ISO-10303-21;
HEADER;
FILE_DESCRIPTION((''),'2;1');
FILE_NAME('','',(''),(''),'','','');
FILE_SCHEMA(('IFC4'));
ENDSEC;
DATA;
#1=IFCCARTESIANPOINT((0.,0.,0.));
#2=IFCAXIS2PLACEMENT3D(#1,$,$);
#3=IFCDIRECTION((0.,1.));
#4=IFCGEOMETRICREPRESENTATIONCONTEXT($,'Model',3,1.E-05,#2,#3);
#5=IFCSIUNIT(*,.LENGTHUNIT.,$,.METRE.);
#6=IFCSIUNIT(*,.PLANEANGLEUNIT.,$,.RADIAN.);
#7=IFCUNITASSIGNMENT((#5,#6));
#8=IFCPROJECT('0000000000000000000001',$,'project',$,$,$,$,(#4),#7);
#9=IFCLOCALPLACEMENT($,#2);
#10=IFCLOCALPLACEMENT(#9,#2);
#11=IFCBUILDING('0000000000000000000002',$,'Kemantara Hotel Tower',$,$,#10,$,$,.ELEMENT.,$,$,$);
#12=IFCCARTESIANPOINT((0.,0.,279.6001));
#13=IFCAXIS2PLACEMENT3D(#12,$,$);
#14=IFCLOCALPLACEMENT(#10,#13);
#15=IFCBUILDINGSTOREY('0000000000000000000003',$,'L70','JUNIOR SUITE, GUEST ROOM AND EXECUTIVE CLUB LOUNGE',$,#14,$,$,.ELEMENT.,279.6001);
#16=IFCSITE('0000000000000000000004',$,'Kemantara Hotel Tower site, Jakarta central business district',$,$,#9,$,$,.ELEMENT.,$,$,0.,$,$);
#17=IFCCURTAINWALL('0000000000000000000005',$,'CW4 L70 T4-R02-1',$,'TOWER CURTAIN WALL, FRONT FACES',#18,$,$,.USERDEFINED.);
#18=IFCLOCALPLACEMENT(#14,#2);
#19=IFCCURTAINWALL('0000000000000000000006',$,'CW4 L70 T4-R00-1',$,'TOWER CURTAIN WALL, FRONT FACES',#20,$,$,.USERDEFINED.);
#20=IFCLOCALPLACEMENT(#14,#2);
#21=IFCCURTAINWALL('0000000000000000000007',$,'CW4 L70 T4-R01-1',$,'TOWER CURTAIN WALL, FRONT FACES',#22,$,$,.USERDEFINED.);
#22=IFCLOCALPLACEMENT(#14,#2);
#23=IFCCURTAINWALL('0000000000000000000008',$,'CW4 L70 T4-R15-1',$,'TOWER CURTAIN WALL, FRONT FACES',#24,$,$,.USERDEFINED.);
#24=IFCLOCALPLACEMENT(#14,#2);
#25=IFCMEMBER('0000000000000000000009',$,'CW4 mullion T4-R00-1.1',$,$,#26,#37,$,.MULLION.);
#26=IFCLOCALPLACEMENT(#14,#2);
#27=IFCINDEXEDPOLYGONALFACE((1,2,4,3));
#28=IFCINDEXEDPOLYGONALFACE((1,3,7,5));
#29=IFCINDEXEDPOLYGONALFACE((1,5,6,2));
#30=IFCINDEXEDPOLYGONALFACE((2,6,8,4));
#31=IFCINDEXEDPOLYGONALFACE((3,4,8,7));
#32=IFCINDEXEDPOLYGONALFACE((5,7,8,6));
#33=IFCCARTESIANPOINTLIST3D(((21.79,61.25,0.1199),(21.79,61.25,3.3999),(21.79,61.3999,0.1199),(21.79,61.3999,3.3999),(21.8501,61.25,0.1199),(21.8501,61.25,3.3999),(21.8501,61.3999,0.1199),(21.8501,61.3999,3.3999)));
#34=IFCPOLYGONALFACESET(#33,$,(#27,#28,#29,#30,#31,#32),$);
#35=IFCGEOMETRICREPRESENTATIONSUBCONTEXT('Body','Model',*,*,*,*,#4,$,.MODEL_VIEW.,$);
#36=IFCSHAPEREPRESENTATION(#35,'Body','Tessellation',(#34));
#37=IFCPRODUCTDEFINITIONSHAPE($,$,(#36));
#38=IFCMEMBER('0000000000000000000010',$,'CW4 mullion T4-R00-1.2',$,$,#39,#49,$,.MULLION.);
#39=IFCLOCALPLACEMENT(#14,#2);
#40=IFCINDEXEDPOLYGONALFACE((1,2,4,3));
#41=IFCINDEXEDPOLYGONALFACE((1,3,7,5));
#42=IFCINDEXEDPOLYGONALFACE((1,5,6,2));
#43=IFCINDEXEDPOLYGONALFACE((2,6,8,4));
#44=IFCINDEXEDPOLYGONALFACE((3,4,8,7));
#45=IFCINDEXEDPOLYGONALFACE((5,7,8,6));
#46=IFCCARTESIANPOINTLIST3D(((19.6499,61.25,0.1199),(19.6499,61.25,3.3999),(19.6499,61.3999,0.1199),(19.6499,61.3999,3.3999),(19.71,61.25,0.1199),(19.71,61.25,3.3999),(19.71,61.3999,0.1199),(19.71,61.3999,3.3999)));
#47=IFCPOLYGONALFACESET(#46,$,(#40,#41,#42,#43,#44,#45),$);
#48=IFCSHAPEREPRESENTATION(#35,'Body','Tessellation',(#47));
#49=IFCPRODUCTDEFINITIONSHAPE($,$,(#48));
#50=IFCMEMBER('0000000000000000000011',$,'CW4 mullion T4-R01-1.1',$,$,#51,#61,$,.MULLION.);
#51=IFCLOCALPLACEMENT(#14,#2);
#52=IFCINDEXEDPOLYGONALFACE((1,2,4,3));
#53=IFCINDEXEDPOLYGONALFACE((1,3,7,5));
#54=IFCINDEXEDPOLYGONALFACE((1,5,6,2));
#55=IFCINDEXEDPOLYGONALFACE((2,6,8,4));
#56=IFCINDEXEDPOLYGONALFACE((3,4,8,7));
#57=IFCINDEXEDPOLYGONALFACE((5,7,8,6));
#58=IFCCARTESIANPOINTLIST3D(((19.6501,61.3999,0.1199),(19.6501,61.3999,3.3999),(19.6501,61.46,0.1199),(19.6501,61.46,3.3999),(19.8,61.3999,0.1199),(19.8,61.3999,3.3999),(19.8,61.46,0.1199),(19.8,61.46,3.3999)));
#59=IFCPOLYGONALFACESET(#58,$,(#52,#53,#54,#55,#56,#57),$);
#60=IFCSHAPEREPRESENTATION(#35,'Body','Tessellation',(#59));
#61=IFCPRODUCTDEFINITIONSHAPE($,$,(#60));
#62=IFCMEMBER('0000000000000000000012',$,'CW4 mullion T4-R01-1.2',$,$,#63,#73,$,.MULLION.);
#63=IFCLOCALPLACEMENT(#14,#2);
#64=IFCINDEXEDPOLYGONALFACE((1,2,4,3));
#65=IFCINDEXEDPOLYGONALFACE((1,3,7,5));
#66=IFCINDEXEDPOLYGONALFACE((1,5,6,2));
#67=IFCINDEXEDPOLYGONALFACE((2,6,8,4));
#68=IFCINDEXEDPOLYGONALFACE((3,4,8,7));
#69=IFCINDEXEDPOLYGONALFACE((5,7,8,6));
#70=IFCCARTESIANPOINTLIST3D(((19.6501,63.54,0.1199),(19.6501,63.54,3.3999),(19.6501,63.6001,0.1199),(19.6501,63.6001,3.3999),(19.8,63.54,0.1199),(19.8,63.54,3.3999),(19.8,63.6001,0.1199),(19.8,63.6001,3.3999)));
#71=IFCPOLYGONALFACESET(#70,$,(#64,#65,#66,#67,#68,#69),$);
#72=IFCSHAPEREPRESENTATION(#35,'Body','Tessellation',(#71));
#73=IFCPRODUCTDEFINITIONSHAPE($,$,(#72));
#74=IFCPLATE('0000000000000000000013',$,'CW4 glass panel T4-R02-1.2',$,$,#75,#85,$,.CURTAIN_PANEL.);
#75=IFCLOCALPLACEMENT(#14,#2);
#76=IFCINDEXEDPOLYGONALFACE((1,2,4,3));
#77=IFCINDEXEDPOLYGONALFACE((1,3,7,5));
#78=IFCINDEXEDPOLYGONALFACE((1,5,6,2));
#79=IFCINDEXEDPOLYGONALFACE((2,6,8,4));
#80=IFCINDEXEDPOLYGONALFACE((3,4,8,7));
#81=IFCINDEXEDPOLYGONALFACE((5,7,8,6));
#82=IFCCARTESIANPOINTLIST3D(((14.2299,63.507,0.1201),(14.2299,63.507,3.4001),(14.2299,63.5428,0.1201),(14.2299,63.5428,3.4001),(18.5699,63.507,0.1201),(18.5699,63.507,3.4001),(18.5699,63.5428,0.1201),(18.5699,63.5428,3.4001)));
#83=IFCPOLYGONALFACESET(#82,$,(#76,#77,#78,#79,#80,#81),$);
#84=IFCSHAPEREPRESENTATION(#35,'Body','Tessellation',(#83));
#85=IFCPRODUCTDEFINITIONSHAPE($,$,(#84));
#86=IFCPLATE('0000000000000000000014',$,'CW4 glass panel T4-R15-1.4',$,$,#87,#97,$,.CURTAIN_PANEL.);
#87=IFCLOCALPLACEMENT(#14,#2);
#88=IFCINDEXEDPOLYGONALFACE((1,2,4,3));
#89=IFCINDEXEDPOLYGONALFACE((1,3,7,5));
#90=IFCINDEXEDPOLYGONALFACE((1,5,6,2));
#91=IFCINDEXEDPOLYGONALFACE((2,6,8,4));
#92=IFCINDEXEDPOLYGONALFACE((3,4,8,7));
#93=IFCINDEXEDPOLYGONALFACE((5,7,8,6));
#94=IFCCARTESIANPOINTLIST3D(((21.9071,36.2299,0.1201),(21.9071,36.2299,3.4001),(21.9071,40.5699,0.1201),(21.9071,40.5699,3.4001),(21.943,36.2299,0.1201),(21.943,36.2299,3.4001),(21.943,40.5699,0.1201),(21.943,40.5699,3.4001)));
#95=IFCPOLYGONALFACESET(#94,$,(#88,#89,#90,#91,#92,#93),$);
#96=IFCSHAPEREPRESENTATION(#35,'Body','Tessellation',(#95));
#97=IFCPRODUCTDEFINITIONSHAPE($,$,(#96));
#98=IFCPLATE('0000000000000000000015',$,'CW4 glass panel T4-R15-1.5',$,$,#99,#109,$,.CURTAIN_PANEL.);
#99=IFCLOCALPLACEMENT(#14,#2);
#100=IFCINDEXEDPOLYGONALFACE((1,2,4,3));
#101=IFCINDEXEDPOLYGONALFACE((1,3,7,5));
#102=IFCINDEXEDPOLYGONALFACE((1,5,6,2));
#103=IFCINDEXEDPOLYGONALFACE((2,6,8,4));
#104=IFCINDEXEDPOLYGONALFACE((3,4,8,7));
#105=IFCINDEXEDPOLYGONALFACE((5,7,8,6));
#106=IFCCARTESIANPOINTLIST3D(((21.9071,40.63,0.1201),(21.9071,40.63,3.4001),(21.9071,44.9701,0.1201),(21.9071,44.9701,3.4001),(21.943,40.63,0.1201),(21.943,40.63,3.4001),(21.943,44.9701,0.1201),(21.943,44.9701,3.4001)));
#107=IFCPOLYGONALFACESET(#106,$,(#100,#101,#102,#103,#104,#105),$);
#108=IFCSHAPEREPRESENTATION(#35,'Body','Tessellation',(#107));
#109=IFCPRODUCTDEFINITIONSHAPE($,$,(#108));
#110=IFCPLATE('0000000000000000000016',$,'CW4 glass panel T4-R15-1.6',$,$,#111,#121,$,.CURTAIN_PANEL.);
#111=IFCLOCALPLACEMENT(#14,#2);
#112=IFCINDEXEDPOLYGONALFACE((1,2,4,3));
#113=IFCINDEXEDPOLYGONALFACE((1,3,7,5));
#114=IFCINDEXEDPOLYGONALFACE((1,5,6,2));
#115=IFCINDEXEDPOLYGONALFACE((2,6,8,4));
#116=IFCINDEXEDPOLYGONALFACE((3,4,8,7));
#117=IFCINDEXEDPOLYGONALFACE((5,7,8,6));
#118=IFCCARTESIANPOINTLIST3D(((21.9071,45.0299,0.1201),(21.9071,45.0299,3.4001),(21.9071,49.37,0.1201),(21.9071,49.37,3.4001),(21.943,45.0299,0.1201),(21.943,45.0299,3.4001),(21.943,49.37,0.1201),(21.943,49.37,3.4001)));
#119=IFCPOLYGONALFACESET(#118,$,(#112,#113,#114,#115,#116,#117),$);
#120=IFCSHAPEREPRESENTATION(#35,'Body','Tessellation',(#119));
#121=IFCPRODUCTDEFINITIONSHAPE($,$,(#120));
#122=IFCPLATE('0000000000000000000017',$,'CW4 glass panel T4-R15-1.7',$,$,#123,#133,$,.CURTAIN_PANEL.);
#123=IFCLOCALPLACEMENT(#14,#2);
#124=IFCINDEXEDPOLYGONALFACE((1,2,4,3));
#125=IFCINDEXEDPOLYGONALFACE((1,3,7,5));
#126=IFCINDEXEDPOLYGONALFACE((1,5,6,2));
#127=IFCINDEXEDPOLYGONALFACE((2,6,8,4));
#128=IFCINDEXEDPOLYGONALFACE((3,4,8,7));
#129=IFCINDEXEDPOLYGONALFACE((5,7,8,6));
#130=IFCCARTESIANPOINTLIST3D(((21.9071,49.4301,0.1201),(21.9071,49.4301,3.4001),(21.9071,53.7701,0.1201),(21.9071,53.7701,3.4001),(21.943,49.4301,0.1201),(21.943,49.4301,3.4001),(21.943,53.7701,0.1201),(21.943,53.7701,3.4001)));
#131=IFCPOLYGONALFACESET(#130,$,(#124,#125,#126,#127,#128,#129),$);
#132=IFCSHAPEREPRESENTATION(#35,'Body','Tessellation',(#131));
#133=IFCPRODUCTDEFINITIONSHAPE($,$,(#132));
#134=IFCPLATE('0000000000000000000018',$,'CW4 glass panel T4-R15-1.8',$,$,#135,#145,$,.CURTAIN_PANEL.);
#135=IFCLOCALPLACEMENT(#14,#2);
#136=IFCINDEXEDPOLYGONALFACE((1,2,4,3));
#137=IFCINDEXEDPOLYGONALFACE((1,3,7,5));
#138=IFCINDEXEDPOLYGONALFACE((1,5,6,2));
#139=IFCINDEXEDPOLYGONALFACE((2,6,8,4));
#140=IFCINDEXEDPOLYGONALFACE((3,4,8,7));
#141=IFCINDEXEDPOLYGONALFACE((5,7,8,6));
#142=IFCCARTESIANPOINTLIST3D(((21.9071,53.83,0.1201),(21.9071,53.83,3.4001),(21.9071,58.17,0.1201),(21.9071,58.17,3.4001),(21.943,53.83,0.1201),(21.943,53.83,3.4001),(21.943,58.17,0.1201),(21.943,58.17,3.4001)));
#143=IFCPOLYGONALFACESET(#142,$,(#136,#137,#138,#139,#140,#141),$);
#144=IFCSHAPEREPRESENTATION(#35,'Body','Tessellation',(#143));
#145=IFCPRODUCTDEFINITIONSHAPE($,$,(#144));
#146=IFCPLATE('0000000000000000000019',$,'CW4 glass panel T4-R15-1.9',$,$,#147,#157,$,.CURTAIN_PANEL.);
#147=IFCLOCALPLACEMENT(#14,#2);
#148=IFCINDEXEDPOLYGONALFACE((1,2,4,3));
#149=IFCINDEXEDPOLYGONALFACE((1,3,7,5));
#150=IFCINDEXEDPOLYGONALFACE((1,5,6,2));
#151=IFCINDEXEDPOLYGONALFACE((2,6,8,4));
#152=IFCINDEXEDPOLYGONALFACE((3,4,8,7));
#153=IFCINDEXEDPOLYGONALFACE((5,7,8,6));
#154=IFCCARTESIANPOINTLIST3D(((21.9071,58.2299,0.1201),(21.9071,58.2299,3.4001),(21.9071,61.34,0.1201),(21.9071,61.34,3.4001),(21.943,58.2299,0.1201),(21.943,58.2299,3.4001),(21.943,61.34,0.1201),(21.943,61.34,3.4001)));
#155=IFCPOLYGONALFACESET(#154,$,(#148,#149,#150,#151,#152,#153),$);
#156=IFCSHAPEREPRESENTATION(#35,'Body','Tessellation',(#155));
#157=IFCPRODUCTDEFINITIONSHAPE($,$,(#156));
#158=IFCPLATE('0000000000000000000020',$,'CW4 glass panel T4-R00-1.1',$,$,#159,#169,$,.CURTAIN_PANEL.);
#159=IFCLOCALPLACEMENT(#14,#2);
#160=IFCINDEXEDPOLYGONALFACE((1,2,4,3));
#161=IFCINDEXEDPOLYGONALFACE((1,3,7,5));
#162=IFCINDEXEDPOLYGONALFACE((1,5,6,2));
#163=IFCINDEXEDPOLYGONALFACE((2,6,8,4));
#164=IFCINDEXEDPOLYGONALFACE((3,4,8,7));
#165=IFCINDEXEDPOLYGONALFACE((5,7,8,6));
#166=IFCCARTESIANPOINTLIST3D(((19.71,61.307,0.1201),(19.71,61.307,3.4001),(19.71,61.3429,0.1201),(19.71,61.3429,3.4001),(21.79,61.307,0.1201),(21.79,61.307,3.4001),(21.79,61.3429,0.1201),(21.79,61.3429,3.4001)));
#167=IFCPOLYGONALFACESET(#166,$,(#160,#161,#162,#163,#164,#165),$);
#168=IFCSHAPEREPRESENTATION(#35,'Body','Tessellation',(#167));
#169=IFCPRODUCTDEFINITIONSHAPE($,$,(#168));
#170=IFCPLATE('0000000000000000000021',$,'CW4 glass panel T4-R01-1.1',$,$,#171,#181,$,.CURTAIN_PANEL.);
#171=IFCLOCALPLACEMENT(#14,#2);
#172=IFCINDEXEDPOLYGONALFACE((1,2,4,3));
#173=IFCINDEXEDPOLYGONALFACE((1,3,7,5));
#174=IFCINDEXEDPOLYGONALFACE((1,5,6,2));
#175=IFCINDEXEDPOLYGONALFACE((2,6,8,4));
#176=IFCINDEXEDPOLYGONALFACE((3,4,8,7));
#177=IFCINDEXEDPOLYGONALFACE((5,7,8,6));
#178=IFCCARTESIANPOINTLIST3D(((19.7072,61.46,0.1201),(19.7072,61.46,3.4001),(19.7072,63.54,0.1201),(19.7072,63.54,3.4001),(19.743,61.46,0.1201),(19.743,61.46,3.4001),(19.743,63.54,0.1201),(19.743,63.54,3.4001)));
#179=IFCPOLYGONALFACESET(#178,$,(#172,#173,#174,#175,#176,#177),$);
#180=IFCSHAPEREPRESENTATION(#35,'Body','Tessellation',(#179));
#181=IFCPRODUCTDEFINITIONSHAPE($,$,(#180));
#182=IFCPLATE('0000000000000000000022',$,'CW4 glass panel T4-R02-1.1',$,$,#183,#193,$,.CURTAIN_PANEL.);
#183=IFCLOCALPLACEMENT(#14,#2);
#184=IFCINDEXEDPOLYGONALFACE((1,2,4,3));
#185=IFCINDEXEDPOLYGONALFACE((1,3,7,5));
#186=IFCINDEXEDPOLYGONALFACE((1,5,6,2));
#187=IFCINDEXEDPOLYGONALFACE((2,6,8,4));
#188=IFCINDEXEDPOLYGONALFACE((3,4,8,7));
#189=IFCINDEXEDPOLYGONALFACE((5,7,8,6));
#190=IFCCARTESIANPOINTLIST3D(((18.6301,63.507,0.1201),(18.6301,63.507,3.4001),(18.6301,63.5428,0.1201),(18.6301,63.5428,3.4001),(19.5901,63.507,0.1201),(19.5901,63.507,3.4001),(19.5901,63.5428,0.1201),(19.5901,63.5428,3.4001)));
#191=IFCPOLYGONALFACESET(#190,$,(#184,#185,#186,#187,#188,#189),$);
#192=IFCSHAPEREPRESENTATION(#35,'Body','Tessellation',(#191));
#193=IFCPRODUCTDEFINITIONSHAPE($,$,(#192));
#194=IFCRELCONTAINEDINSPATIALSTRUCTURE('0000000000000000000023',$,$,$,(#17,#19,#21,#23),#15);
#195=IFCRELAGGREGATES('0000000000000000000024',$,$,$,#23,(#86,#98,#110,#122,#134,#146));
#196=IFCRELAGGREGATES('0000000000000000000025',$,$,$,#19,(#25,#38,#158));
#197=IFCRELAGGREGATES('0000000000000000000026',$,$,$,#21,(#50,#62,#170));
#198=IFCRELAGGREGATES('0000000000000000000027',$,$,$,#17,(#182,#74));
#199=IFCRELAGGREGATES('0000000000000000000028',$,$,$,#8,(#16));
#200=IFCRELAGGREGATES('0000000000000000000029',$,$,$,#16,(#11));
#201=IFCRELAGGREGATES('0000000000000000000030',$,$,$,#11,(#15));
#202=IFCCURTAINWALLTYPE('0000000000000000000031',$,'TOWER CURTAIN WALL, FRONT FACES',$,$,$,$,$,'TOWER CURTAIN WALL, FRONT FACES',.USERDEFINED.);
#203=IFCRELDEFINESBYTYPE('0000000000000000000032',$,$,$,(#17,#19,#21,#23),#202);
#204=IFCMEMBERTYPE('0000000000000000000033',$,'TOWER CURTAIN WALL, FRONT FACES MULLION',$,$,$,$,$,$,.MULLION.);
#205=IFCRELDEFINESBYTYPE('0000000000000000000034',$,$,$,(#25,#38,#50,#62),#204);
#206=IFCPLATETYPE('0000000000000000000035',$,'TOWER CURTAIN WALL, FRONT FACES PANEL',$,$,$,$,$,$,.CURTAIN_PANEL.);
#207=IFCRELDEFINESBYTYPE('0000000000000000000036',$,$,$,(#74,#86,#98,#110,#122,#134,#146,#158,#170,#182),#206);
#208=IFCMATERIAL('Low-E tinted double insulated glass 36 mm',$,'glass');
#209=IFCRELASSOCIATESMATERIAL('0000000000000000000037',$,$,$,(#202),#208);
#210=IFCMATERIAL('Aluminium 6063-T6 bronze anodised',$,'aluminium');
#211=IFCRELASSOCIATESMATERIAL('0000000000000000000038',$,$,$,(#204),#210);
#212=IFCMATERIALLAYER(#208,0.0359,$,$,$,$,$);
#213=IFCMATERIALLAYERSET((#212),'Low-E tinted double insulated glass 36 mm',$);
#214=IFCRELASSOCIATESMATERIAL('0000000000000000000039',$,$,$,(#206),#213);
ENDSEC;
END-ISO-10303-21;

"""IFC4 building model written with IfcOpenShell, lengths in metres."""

from ifc_helpers import new_model, si_unit, direction, frame, origin, origin_2d, place, context, subcontext, project, spatial, rectangle, extrude, source, transform, mapped, material, layer, layer_set, material_profile, profile_set, type_object, element, aggregate, save


model = new_model("IFC4")

# Units and contexts
model_context = context("Model", 3, precision=1e-05, world=origin(), true_north=direction((0.0, 1.0)))
body_context = subcontext(model_context, "Body", "Model", "MODEL_VIEW")
ifc_project = project(units=[si_unit("LENGTHUNIT", "METRE"), si_unit("PLANEANGLEUNIT", "RADIAN")], contexts=[model_context])

# Site, building, storey
site_placement = place(None, origin())
site = spatial("IfcSite", under=ifc_project, at=site_placement, Name="Kemantara Hotel Tower site, Jakarta central business district", CompositionType="ELEMENT", RefElevation=0.0)
building_placement = place(site_placement, origin())
building = spatial("IfcBuilding", under=site, at=building_placement, Name="Kemantara Hotel Tower", CompositionType="ELEMENT")
storey_placement = place(building_placement, frame((0.0, 0.0, 279.6001)))
storey = spatial("IfcBuildingStorey", under=building, at=storey_placement, Name="L70", Description="JUNIOR SUITE, GUEST ROOM AND EXECUTIVE CLUB LOUNGE", CompositionType="ELEMENT", Elevation=279.6001)

# Curtain walls
ifc_material_1 = material(Name="Low-E tinted double insulated glass 36 mm", Category="glass")
curtain_wall_type = type_object("IfcCurtainWallType", Name="TOWER CURTAIN WALL, FRONT FACES", ElementType="TOWER CURTAIN WALL, FRONT FACES", PredefinedType="USERDEFINED", material=ifc_material_1)
curtain_wall_1_placement = place(storey_placement, origin())
curtain_wall_1 = element("IfcCurtainWall", 1, at=curtain_wall_1_placement, inside=storey, type_object=curtain_wall_type, Name="CW4 L70 T4-R02-1", ObjectType="TOWER CURTAIN WALL, FRONT FACES", PredefinedType="USERDEFINED")
ifc_material_2 = material(Name="Aluminium 6063-T6 bronze anodised", Category="aluminium")
curtain_wall_2_placement = place(storey_placement, origin())
curtain_wall_2 = element("IfcCurtainWall", 2, at=curtain_wall_2_placement, inside=storey, type_object=curtain_wall_type, Name="CW4 L70 T4-R00-1", ObjectType="TOWER CURTAIN WALL, FRONT FACES", PredefinedType="USERDEFINED")
curtain_wall_3_placement = place(storey_placement, origin())
curtain_wall_3 = element("IfcCurtainWall", 3, at=curtain_wall_3_placement, inside=storey, type_object=curtain_wall_type, Name="CW4 L70 T4-R01-1", ObjectType="TOWER CURTAIN WALL, FRONT FACES", PredefinedType="USERDEFINED")

# Shared definitions
ifc_material_profile_1 = material_profile(ifc_material_2, rectangle(XDim=0.1499, YDim=0.0601, at=origin_2d()), Name="TOWER CURTAIN WALL, FRONT FACES MULLION")
ifc_profile_set_1 = profile_set([ifc_material_profile_1], Name="Aluminium 6063-T6 bronze anodised")
member_type_1 = type_object("IfcMemberType", Name="TOWER CURTAIN WALL, FRONT FACES MULLION", PredefinedType="MULLION", material=ifc_profile_set_1)
shared_shape_1 = source(origin(), body_context, "Body", "SweptSolid", [
    extrude(rectangle(XDim=0.1499, YDim=0.0601, at=origin_2d()), origin(), (0.0, 0.0, 1.0), 3.28),
])

# Curtain wall
curtain_wall_4_placement = place(storey_placement, origin())
curtain_wall_4 = element("IfcCurtainWall", 4, at=curtain_wall_4_placement, inside=storey, type_object=curtain_wall_type, Name="CW4 L70 T4-R15-1", ObjectType="TOWER CURTAIN WALL, FRONT FACES", PredefinedType="USERDEFINED")

# Members
member_1_placement = place(storey_placement, frame((21.8201, 61.325, 0.1199), z_axis=(0.0, 0.0, 1.0), x_axis=(0.0, -1.0, 0.0)))
member_1 = element("IfcMember", 5, at=member_1_placement, type_object=member_type_1, Name="CW4 mullion T4-R00-1.1", PredefinedType="MULLION", context=body_context, shape_type="MappedRepresentation", body=[
    mapped(shared_shape_1, transform((0.0, 0.0, 0.0))),
])
member_2_placement = place(storey_placement, frame((19.6799, 61.325, 0.1199), z_axis=(0.0, 0.0, 1.0), x_axis=(0.0, -1.0, 0.0)))
member_2 = element("IfcMember", 6, at=member_2_placement, type_object=member_type_1, Name="CW4 mullion T4-R00-1.2", PredefinedType="MULLION", context=body_context, shape_type="MappedRepresentation", body=[
    mapped(shared_shape_1, transform((0.0, 0.0, 0.0))),
])
member_3_placement = place(storey_placement, frame((19.7251, 61.4299, 0.1199), z_axis=(0.0, 0.0, 1.0), x_axis=(-1.0, 0.0, 0.0)))
member_3 = element("IfcMember", 7, at=member_3_placement, type_object=member_type_1, Name="CW4 mullion T4-R01-1.1", PredefinedType="MULLION", context=body_context, shape_type="MappedRepresentation", body=[
    mapped(shared_shape_1, transform((0.0, 0.0, 0.0))),
])
member_4_placement = place(storey_placement, frame((19.7251, 63.5701, 0.1199), z_axis=(0.0, 0.0, 1.0), x_axis=(-1.0, 0.0, 0.0)))
member_4 = element("IfcMember", 8, at=member_4_placement, type_object=member_type_1, Name="CW4 mullion T4-R01-1.2", PredefinedType="MULLION", context=body_context, shape_type="MappedRepresentation", body=[
    mapped(shared_shape_1, transform((0.0, 0.0, 0.0))),
])

# Plates
ifc_layer_1 = layer(ifc_material_1, 0.0359)
ifc_layer_set_1 = layer_set([ifc_layer_1], Name="Low-E tinted double insulated glass 36 mm")
plate_type = type_object("IfcPlateType", Name="TOWER CURTAIN WALL, FRONT FACES PANEL", PredefinedType="CURTAIN_PANEL", material=ifc_layer_set_1)
shared_shape_2 = source(origin(), body_context, "Body", "SweptSolid", [
    extrude(rectangle(XDim=4.3401, YDim=0.0359, at=origin_2d()), origin(), (0.0, 0.0, 1.0), 3.28),
])
plate_1_placement = place(storey_placement, frame((16.3999, 63.5249, 0.1201), z_axis=(0.0, 0.0, 1.0), x_axis=(-1.0, 0.0, 0.0)))
plate_1 = element("IfcPlate", 9, at=plate_1_placement, type_object=plate_type, Name="CW4 glass panel T4-R02-1.2", PredefinedType="CURTAIN_PANEL", context=body_context, shape_type="MappedRepresentation", body=[
    mapped(shared_shape_2, transform((0.0, 0.0, 0.0))),
])
plate_2_placement = place(storey_placement, frame((21.925, 38.3999, 0.1201), z_axis=(0.0, 0.0, 1.0), x_axis=(0.0, 1.0, 0.0)))
plate_2 = element("IfcPlate", 10, at=plate_2_placement, type_object=plate_type, Name="CW4 glass panel T4-R15-1.4", PredefinedType="CURTAIN_PANEL", context=body_context, shape_type="MappedRepresentation", body=[
    mapped(shared_shape_2, transform((0.0, 0.0, 0.0))),
])
plate_3_placement = place(storey_placement, frame((21.925, 42.8, 0.1201), z_axis=(0.0, 0.0, 1.0), x_axis=(0.0, 1.0, 0.0)))
plate_3 = element("IfcPlate", 11, at=plate_3_placement, type_object=plate_type, Name="CW4 glass panel T4-R15-1.5", PredefinedType="CURTAIN_PANEL", context=body_context, shape_type="MappedRepresentation", body=[
    mapped(shared_shape_2, transform((0.0, 0.0, 0.0))),
])
plate_4_placement = place(storey_placement, frame((21.925, 47.2, 0.1201), z_axis=(0.0, 0.0, 1.0), x_axis=(0.0, 1.0, 0.0)))
plate_4 = element("IfcPlate", 12, at=plate_4_placement, type_object=plate_type, Name="CW4 glass panel T4-R15-1.6", PredefinedType="CURTAIN_PANEL", context=body_context, shape_type="MappedRepresentation", body=[
    mapped(shared_shape_2, transform((0.0, 0.0, 0.0))),
])
plate_5_placement = place(storey_placement, frame((21.925, 51.6001, 0.1201), z_axis=(0.0, 0.0, 1.0), x_axis=(0.0, 1.0, 0.0)))
plate_5 = element("IfcPlate", 13, at=plate_5_placement, type_object=plate_type, Name="CW4 glass panel T4-R15-1.7", PredefinedType="CURTAIN_PANEL", context=body_context, shape_type="MappedRepresentation", body=[
    mapped(shared_shape_2, transform((0.0, 0.0, 0.0))),
])
plate_6_placement = place(storey_placement, frame((21.925, 56.0, 0.1201), z_axis=(0.0, 0.0, 1.0), x_axis=(0.0, 1.0, 0.0)))
plate_6 = element("IfcPlate", 14, at=plate_6_placement, type_object=plate_type, Name="CW4 glass panel T4-R15-1.8", PredefinedType="CURTAIN_PANEL", context=body_context, shape_type="MappedRepresentation", body=[
    mapped(shared_shape_2, transform((0.0, 0.0, 0.0))),
])
shared_shape_3 = source(origin(), body_context, "Body", "SweptSolid", [
    extrude(rectangle(XDim=3.1101, YDim=0.0359, at=origin_2d()), origin(), (0.0, 0.0, 1.0), 3.28),
])
plate_7_placement = place(storey_placement, frame((21.925, 59.7849, 0.1201), z_axis=(0.0, 0.0, 1.0), x_axis=(0.0, 1.0, 0.0)))
plate_7 = element("IfcPlate", 15, at=plate_7_placement, type_object=plate_type, Name="CW4 glass panel T4-R15-1.9", PredefinedType="CURTAIN_PANEL", context=body_context, shape_type="MappedRepresentation", body=[
    mapped(shared_shape_3, transform((0.0, 0.0, 0.0))),
])
aggregate(curtain_wall_4, [plate_2, plate_3, plate_4, plate_5, plate_6, plate_7])
shared_shape_4 = source(origin(), body_context, "Body", "SweptSolid", [
    extrude(rectangle(XDim=2.0801, YDim=0.0359, at=origin_2d()), origin(), (0.0, 0.0, 1.0), 3.28),
])
plate_8_placement = place(storey_placement, frame((20.75, 61.325, 0.1201), z_axis=(0.0, 0.0, 1.0), x_axis=(-1.0, 0.0, 0.0)))
plate_8 = element("IfcPlate", 16, at=plate_8_placement, type_object=plate_type, Name="CW4 glass panel T4-R00-1.1", PredefinedType="CURTAIN_PANEL", context=body_context, shape_type="MappedRepresentation", body=[
    mapped(shared_shape_4, transform((0.0, 0.0, 0.0))),
])
aggregate(curtain_wall_2, [member_1, member_2, plate_8])
plate_9_placement = place(storey_placement, frame((19.7251, 62.5, 0.1201), z_axis=(0.0, 0.0, 1.0), x_axis=(0.0, 1.0, 0.0)))
plate_9 = element("IfcPlate", 17, at=plate_9_placement, type_object=plate_type, Name="CW4 glass panel T4-R01-1.1", PredefinedType="CURTAIN_PANEL", context=body_context, shape_type="MappedRepresentation", body=[
    mapped(shared_shape_4, transform((0.0, 0.0, 0.0))),
])
aggregate(curtain_wall_3, [member_3, member_4, plate_9])
shared_shape_5 = source(origin(), body_context, "Body", "SweptSolid", [
    extrude(rectangle(XDim=0.96, YDim=0.0359, at=origin_2d()), origin(), (0.0, 0.0, 1.0), 3.28),
])
plate_10_placement = place(storey_placement, frame((19.1101, 63.5249, 0.1201), z_axis=(0.0, 0.0, 1.0), x_axis=(-1.0, 0.0, 0.0)))
plate_10 = element("IfcPlate", 18, at=plate_10_placement, type_object=plate_type, Name="CW4 glass panel T4-R02-1.1", PredefinedType="CURTAIN_PANEL", context=body_context, shape_type="MappedRepresentation", body=[
    mapped(shared_shape_5, transform((0.0, 0.0, 0.0))),
])
aggregate(curtain_wall_1, [plate_10, plate_1])

save(model, "model.ifc")
